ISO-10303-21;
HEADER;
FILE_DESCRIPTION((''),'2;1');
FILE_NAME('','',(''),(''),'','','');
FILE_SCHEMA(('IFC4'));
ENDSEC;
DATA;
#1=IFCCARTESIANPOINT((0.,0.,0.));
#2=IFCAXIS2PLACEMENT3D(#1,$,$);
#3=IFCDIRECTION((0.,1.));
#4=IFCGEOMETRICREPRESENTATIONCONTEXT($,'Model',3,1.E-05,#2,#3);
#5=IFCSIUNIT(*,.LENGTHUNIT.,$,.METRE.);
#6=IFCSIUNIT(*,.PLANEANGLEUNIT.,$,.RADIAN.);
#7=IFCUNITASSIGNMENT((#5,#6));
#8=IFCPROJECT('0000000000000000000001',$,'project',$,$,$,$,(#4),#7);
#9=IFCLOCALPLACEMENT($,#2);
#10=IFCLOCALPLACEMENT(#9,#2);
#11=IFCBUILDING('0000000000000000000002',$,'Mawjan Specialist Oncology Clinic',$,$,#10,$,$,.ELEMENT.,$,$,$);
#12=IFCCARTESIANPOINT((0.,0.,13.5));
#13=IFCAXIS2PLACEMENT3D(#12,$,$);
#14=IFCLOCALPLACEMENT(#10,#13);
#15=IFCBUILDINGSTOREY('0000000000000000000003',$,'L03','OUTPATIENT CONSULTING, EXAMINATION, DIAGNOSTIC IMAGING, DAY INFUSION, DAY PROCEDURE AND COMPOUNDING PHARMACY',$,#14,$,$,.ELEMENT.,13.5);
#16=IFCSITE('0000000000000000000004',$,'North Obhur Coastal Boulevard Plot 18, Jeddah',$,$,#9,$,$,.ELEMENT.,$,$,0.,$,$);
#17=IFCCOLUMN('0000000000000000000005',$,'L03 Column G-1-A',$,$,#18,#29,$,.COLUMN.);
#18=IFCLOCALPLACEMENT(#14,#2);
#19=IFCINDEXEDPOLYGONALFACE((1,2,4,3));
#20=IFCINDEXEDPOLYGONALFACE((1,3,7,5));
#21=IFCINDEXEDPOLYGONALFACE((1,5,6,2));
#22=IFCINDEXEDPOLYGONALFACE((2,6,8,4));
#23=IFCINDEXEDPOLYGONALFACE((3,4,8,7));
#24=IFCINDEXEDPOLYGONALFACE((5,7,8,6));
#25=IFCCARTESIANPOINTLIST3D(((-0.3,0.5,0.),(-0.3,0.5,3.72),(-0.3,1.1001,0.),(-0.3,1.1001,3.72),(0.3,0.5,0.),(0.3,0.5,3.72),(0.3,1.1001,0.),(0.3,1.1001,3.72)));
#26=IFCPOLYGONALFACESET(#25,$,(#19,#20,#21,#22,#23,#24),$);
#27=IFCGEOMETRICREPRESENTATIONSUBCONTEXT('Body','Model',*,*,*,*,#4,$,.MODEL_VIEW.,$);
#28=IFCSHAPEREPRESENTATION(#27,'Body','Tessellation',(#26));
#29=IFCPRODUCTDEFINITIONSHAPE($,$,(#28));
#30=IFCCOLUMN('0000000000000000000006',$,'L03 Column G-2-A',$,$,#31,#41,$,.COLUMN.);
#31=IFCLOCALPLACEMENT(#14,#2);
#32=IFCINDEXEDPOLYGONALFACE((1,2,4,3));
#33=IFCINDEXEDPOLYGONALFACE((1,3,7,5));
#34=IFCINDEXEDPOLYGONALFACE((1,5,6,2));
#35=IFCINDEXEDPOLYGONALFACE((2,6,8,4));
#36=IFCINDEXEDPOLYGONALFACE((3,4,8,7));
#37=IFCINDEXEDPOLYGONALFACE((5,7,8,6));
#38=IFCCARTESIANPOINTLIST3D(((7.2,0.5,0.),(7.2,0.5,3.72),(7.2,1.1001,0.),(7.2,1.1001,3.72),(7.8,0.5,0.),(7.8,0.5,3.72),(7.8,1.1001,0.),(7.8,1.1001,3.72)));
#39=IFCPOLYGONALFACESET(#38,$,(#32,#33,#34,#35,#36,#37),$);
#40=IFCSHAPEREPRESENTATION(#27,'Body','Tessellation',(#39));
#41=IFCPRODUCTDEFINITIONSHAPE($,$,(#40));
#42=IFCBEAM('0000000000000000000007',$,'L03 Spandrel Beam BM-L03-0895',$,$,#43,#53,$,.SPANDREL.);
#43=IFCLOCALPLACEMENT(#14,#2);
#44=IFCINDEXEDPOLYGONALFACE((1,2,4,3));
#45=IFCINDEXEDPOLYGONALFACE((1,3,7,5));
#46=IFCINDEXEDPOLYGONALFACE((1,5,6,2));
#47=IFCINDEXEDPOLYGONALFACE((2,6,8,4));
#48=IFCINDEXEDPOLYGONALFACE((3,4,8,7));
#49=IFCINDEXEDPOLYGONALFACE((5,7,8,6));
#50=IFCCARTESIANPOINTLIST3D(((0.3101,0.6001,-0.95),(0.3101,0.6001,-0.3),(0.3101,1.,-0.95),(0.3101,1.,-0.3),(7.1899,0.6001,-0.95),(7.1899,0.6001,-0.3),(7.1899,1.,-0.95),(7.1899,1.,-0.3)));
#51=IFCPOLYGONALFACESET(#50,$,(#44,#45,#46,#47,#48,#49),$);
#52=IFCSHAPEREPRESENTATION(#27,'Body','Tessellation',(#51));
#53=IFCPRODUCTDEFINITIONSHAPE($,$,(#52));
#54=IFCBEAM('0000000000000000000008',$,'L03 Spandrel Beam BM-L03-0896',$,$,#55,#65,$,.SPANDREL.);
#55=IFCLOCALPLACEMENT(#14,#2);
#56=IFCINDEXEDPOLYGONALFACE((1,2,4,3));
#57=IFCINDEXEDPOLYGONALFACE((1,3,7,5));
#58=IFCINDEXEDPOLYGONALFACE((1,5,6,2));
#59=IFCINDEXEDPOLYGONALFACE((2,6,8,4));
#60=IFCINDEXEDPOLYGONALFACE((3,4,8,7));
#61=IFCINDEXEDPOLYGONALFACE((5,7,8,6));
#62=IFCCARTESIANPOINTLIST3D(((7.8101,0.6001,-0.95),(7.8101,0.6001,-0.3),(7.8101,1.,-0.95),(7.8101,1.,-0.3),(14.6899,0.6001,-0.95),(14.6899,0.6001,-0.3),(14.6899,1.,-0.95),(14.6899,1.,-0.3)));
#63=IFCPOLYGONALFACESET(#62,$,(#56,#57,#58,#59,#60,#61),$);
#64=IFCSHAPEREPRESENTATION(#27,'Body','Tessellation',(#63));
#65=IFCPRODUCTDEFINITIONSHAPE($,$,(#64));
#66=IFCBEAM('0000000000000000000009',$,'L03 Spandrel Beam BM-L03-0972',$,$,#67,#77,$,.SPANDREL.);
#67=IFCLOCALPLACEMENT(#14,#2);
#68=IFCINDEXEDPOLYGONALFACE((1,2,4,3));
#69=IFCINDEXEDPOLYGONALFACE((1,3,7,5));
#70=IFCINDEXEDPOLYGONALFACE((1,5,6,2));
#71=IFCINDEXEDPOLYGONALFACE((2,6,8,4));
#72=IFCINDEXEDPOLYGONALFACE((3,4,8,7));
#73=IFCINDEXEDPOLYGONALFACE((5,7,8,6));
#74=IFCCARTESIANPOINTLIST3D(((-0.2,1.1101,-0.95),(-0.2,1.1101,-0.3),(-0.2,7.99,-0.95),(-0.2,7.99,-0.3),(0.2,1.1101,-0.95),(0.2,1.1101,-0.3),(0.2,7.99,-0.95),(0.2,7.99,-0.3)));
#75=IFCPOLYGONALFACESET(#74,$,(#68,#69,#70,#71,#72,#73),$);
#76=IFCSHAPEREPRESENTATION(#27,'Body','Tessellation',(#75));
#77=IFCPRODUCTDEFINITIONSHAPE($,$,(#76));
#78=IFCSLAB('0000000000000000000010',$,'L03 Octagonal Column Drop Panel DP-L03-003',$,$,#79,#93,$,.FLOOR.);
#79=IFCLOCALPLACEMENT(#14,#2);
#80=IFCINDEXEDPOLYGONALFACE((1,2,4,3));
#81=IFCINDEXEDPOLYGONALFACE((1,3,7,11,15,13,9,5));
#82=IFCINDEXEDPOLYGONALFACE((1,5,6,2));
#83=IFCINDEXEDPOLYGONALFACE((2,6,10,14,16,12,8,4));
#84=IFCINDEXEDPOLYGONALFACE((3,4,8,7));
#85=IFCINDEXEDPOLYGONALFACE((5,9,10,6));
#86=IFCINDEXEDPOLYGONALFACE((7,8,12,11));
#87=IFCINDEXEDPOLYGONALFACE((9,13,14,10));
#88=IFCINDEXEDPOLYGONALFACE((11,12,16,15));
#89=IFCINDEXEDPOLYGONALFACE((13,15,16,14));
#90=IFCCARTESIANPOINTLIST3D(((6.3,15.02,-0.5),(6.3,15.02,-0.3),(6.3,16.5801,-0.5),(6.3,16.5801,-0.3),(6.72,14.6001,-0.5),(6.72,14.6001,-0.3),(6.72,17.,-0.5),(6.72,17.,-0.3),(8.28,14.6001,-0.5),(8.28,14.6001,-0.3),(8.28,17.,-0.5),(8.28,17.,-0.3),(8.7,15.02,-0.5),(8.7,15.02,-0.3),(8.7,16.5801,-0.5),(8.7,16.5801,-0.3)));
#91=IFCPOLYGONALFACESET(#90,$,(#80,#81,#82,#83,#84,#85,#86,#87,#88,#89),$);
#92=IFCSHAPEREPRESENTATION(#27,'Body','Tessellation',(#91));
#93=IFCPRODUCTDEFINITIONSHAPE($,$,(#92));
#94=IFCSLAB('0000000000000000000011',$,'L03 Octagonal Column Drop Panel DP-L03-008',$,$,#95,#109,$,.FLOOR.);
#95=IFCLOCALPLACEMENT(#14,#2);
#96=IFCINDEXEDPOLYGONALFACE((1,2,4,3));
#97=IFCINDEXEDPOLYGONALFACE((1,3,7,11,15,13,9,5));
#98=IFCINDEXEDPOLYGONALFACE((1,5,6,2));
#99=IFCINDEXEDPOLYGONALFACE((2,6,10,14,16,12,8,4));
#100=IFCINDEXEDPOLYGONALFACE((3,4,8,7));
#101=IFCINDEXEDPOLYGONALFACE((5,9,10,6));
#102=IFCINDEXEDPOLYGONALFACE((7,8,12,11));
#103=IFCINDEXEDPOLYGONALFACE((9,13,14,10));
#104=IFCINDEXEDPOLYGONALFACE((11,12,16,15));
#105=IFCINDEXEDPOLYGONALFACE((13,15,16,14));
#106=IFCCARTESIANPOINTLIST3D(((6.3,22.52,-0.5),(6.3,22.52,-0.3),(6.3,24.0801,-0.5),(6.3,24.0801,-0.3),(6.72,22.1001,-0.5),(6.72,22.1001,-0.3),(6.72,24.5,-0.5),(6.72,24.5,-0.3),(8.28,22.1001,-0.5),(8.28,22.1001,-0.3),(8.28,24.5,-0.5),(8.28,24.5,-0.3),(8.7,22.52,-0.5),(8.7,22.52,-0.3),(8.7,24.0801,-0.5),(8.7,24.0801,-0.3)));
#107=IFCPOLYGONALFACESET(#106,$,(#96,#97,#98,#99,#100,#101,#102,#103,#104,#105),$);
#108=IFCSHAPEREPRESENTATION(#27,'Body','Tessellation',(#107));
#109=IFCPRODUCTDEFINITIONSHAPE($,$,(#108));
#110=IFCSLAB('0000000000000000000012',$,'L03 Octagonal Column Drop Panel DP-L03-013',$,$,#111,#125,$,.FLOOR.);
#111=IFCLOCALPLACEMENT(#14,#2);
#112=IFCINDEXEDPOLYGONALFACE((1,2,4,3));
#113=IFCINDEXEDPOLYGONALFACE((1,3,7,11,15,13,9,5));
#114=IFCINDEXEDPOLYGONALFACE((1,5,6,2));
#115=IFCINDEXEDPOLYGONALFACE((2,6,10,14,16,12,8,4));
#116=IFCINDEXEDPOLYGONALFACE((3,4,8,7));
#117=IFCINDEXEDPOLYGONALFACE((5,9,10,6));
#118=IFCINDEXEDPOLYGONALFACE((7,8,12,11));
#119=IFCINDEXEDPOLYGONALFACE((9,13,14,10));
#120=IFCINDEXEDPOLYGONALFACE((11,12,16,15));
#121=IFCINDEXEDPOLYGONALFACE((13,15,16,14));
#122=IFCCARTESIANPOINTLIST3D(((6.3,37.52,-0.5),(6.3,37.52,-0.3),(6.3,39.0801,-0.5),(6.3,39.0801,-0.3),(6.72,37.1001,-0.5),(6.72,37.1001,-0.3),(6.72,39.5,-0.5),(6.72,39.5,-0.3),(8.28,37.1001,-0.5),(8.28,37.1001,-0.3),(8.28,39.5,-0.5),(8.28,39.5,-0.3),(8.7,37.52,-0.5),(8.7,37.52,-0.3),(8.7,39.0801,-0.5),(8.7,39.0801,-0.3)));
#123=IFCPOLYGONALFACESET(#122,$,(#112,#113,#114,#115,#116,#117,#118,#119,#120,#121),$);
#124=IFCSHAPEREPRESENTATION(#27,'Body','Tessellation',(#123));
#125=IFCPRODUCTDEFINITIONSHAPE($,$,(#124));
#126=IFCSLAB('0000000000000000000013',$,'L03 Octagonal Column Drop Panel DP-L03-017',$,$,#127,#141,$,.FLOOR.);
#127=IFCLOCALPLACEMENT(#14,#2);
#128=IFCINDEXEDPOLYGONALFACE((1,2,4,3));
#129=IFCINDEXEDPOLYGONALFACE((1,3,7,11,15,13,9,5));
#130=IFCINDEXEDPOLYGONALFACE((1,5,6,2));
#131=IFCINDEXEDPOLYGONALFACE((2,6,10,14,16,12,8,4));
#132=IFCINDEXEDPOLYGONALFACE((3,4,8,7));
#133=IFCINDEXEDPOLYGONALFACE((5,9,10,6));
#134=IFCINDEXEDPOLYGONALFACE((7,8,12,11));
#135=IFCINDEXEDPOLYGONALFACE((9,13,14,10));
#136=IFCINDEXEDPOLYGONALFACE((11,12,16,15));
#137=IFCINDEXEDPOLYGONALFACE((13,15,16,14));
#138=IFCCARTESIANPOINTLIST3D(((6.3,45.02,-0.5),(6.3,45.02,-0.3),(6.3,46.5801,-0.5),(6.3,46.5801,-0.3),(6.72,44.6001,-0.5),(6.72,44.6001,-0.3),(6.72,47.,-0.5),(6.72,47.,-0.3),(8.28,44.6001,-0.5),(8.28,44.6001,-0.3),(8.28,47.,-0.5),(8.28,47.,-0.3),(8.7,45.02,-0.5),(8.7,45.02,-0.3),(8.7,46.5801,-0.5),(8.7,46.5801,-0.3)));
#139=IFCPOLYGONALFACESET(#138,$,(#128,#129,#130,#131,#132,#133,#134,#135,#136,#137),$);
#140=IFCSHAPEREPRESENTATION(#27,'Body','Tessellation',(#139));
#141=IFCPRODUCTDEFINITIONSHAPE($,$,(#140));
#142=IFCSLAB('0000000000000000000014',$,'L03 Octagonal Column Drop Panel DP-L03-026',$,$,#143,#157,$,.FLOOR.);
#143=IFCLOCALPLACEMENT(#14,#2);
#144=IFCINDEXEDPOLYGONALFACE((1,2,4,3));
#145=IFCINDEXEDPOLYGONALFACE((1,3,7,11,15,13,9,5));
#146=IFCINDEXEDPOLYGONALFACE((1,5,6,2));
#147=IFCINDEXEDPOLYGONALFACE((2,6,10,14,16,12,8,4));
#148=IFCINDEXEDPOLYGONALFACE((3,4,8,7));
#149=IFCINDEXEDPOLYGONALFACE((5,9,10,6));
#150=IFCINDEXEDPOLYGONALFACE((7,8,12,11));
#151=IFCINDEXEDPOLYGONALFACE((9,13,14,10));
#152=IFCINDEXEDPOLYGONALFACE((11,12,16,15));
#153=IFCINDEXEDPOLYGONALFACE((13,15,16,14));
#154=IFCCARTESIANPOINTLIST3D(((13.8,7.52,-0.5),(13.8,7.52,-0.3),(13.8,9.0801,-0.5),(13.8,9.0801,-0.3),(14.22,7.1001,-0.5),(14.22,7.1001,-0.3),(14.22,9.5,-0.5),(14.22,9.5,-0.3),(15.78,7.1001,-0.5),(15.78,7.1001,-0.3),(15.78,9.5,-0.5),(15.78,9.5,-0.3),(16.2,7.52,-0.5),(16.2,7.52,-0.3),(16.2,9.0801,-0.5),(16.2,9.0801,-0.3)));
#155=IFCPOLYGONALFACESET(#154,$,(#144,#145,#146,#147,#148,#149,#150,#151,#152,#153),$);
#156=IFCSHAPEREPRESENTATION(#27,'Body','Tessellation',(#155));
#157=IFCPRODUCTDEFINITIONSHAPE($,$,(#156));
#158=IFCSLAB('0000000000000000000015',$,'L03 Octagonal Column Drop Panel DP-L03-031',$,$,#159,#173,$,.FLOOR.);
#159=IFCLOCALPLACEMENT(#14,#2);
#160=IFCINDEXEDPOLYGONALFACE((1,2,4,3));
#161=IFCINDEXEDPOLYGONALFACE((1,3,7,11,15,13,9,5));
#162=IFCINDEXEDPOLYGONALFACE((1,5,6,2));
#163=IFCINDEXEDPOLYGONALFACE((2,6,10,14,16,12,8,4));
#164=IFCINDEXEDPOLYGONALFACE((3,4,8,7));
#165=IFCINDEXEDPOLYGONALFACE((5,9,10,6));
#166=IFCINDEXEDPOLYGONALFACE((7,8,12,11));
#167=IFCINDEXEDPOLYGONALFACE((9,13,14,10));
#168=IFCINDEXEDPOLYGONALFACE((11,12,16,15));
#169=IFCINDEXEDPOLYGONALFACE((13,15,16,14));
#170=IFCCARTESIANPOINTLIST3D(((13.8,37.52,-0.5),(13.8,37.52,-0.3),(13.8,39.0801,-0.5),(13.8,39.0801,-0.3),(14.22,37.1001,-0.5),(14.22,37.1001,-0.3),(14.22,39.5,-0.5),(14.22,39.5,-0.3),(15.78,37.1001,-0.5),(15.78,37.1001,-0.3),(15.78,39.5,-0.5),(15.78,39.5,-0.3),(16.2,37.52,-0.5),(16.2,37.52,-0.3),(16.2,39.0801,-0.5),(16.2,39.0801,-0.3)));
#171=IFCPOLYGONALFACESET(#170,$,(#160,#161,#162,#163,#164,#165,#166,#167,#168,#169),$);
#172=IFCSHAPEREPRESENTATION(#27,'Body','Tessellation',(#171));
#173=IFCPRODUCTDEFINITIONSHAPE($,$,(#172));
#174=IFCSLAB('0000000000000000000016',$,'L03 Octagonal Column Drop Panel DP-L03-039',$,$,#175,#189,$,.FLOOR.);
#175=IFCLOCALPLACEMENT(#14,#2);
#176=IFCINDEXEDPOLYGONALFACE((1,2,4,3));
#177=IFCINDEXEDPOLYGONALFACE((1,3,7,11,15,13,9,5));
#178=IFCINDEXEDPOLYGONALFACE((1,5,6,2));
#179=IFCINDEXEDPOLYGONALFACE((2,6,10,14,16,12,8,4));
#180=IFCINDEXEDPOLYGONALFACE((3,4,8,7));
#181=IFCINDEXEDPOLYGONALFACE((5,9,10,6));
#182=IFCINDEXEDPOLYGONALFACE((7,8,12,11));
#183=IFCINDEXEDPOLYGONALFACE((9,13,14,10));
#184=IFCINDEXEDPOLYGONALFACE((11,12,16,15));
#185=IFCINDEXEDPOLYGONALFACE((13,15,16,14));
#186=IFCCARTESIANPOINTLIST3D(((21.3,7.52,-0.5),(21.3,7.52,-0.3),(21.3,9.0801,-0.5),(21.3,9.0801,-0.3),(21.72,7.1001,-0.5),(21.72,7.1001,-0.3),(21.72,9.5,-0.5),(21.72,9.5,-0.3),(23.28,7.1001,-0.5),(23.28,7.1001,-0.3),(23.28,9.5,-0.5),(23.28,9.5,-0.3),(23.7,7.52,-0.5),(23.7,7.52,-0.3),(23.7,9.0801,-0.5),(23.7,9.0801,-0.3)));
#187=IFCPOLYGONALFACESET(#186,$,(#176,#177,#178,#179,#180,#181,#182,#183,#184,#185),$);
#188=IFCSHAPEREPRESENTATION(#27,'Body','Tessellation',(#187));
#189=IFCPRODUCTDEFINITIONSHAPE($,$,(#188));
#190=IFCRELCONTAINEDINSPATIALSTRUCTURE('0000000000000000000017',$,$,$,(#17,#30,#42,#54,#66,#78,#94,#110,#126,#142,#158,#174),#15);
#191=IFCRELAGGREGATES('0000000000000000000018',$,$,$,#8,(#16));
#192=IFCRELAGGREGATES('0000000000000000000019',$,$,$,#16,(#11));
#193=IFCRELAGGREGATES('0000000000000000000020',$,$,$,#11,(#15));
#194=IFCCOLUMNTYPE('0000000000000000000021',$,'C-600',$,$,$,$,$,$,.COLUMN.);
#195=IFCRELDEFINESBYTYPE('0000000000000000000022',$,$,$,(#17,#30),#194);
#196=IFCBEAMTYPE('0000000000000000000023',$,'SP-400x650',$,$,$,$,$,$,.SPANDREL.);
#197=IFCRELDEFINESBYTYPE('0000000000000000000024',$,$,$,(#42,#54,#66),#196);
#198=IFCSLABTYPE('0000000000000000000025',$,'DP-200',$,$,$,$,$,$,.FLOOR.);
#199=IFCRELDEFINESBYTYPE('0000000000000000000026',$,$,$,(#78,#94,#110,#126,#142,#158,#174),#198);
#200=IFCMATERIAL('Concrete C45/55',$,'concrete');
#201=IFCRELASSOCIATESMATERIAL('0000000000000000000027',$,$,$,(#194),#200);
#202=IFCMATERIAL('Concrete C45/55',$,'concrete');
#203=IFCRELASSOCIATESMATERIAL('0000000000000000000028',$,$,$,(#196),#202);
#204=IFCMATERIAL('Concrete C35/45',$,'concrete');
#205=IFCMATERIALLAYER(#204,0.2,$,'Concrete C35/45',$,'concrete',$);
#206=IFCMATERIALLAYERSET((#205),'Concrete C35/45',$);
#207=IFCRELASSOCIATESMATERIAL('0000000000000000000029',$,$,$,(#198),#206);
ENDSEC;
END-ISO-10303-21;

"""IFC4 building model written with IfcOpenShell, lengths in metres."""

from ifc_helpers import new_model, si_unit, direction, frame, origin, origin_2d, place, context, subcontext, project, spatial, polyline, rectangle, outline, extrude, material, layer, layer_set, material_profile, profile_set, type_object, element, save


model = new_model("IFC4")

# Units and contexts
model_context = context("Model", 3, precision=1e-05, world=origin(), true_north=direction((0.0, 1.0)))
body_context = subcontext(model_context, "Body", "Model", "MODEL_VIEW")
ifc_project = project(units=[si_unit("LENGTHUNIT", "METRE"), si_unit("PLANEANGLEUNIT", "RADIAN")], contexts=[model_context])

# Site, building, storey
site_placement = place(None, origin())
site = spatial("IfcSite", under=ifc_project, at=site_placement, Name="North Obhur Coastal Boulevard Plot 18, Jeddah", CompositionType="ELEMENT", RefElevation=0.0)
building_placement = place(site_placement, origin())
building = spatial("IfcBuilding", under=site, at=building_placement, Name="Mawjan Specialist Oncology Clinic", CompositionType="ELEMENT")
storey_placement = place(building_placement, frame((0.0, 0.0, 13.5)))
storey = spatial("IfcBuildingStorey", under=building, at=storey_placement, Name="L03", Description="OUTPATIENT CONSULTING, EXAMINATION, DIAGNOSTIC IMAGING, DAY INFUSION, DAY PROCEDURE AND COMPOUNDING PHARMACY", CompositionType="ELEMENT", Elevation=13.5)

# Columns
ifc_material_1 = material(Name="Concrete C45/55", Category="concrete")
ifc_material_profile_1 = material_profile(ifc_material_1, rectangle(XDim=0.6001, YDim=0.6001, at=origin_2d()), Name="RC COL 600x600", Category="concrete")
ifc_profile_set_1 = profile_set([ifc_material_profile_1], Name="Concrete C45/55")
column_type = type_object("IfcColumnType", Name="C-600", PredefinedType="COLUMN", material=ifc_profile_set_1)
for number, where, z_axis, x_axis, name in (
    (1, (0.0, 0.8, 0.0), (0.0, 0.0, 1.0), (1.0, 0.0, 0.0), "L03 Column G-1-A"),
    (2, (7.5, 0.8, 0.0), (0.0, 0.0, 1.0), (1.0, 0.0, 0.0), "L03 Column G-2-A"),
):
    element("IfcColumn", number, at=place(storey_placement, frame(where, z_axis=z_axis, x_axis=x_axis)), inside=storey, type_object=column_type, Name=name, PredefinedType="COLUMN", context=body_context, shape_type="SweptSolid", body=[
        extrude(rectangle(XDim=0.6001, YDim=0.6001, at=origin_2d()), origin(), (0.0, 0.0, 1.0), 3.72),
    ])

# Beams
ifc_material_2 = material(Name="Concrete C45/55", Category="concrete")
ifc_material_profile_2 = material_profile(ifc_material_2, rectangle(XDim=0.3999, YDim=0.6499, at=origin_2d()), Name="RC BM 400x650", Category="concrete")
ifc_profile_set_2 = profile_set([ifc_material_profile_2], Name="Concrete C45/55")
beam_type = type_object("IfcBeamType", Name="SP-400x650", PredefinedType="SPANDREL", material=ifc_profile_set_2)
for number, where, z_axis, x_axis, name in (
    (3, (0.3101, 0.8, -0.625), (1.0, 0.0, 0.0), (0.0, 1.0, 0.0), "L03 Spandrel Beam BM-L03-0895"),
    (4, (7.8101, 0.8, -0.625), (1.0, 0.0, 0.0), (0.0, 1.0, 0.0), "L03 Spandrel Beam BM-L03-0896"),
    (5, (0.0, 1.1101, -0.625), (0.0, 1.0, 0.0), (-1.0, 0.0, 0.0), "L03 Spandrel Beam BM-L03-0972"),
):
    element("IfcBeam", number, at=place(storey_placement, frame(where, z_axis=z_axis, x_axis=x_axis)), inside=storey, type_object=beam_type, Name=name, PredefinedType="SPANDREL", context=body_context, shape_type="SweptSolid", body=[
        extrude(rectangle(XDim=0.3999, YDim=0.6499, at=origin_2d()), origin(), (0.0, 0.0, 1.0), 6.8799),
    ])

# Slabs
ifc_material_3 = material(Name="Concrete C35/45", Category="concrete")
ifc_layer_1 = layer(ifc_material_3, 0.2, Name="Concrete C35/45", Category="concrete")
ifc_layer_set_1 = layer_set([ifc_layer_1], Name="Concrete C35/45")
slab_type_1 = type_object("IfcSlabType", Name="DP-200", PredefinedType="FLOOR", material=ifc_layer_set_1)
slab_1_placement = place(storey_placement, frame((0.0, 0.0, -0.5)))
element("IfcSlab", 6, at=slab_1_placement, inside=storey, type_object=slab_type_1, Name="L03 Octagonal Column Drop Panel DP-L03-003", PredefinedType="FLOOR", context=body_context, shape_type="SweptSolid", body=[
    extrude(outline(polyline([(6.72, 14.6001), (8.28, 14.6001), (8.7, 15.02), (8.7, 16.5801), (8.28, 17.0), (6.72, 17.0), (6.3, 16.5801), (6.3, 15.02), (6.72, 14.6001)])), origin(), (0.0, 0.0, 1.0), 0.2),
])
slab_2_placement = place(storey_placement, frame((0.0, 0.0, -0.5)))
element("IfcSlab", 7, at=slab_2_placement, inside=storey, type_object=slab_type_1, Name="L03 Octagonal Column Drop Panel DP-L03-008", PredefinedType="FLOOR", context=body_context, shape_type="SweptSolid", body=[
    extrude(outline(polyline([(6.72, 22.1001), (8.28, 22.1001), (8.7, 22.52), (8.7, 24.0801), (8.28, 24.5), (6.72, 24.5), (6.3, 24.0801), (6.3, 22.52), (6.72, 22.1001)])), origin(), (0.0, 0.0, 1.0), 0.2),
])
slab_3_placement = place(storey_placement, frame((0.0, 0.0, -0.5)))
element("IfcSlab", 8, at=slab_3_placement, inside=storey, type_object=slab_type_1, Name="L03 Octagonal Column Drop Panel DP-L03-013", PredefinedType="FLOOR", context=body_context, shape_type="SweptSolid", body=[
    extrude(outline(polyline([(6.72, 37.1001), (8.28, 37.1001), (8.7, 37.52), (8.7, 39.0801), (8.28, 39.5), (6.72, 39.5), (6.3, 39.0801), (6.3, 37.52), (6.72, 37.1001)])), origin(), (0.0, 0.0, 1.0), 0.2),
])
slab_4_placement = place(storey_placement, frame((0.0, 0.0, -0.5)))
element("IfcSlab", 9, at=slab_4_placement, inside=storey, type_object=slab_type_1, Name="L03 Octagonal Column Drop Panel DP-L03-017", PredefinedType="FLOOR", context=body_context, shape_type="SweptSolid", body=[
    extrude(outline(polyline([(6.72, 44.6001), (8.28, 44.6001), (8.7, 45.02), (8.7, 46.5801), (8.28, 47.0), (6.72, 47.0), (6.3, 46.5801), (6.3, 45.02), (6.72, 44.6001)])), origin(), (0.0, 0.0, 1.0), 0.2),
])
slab_5_placement = place(storey_placement, frame((0.0, 0.0, -0.5)))
element("IfcSlab", 10, at=slab_5_placement, inside=storey, type_object=slab_type_1, Name="L03 Octagonal Column Drop Panel DP-L03-026", PredefinedType="FLOOR", context=body_context, shape_type="SweptSolid", body=[
    extrude(outline(polyline([(14.22, 7.1001), (15.78, 7.1001), (16.2, 7.52), (16.2, 9.0801), (15.78, 9.5), (14.22, 9.5), (13.8, 9.0801), (13.8, 7.52), (14.22, 7.1001)])), origin(), (0.0, 0.0, 1.0), 0.2),
])
slab_6_placement = place(storey_placement, frame((0.0, 0.0, -0.5)))
element("IfcSlab", 11, at=slab_6_placement, inside=storey, type_object=slab_type_1, Name="L03 Octagonal Column Drop Panel DP-L03-031", PredefinedType="FLOOR", context=body_context, shape_type="SweptSolid", body=[
    extrude(outline(polyline([(14.22, 37.1001), (15.78, 37.1001), (16.2, 37.52), (16.2, 39.0801), (15.78, 39.5), (14.22, 39.5), (13.8, 39.0801), (13.8, 37.52), (14.22, 37.1001)])), origin(), (0.0, 0.0, 1.0), 0.2),
])
slab_7_placement = place(storey_placement, frame((0.0, 0.0, -0.5)))
element("IfcSlab", 12, at=slab_7_placement, inside=storey, type_object=slab_type_1, Name="L03 Octagonal Column Drop Panel DP-L03-039", PredefinedType="FLOOR", context=body_context, shape_type="SweptSolid", body=[
    extrude(outline(polyline([(21.72, 7.1001), (23.28, 7.1001), (23.7, 7.52), (23.7, 9.0801), (23.28, 9.5), (21.72, 9.5), (21.3, 9.0801), (21.3, 7.52), (21.72, 7.1001)])), origin(), (0.0, 0.0, 1.0), 0.2),
])

save(model, "model.ifc")
